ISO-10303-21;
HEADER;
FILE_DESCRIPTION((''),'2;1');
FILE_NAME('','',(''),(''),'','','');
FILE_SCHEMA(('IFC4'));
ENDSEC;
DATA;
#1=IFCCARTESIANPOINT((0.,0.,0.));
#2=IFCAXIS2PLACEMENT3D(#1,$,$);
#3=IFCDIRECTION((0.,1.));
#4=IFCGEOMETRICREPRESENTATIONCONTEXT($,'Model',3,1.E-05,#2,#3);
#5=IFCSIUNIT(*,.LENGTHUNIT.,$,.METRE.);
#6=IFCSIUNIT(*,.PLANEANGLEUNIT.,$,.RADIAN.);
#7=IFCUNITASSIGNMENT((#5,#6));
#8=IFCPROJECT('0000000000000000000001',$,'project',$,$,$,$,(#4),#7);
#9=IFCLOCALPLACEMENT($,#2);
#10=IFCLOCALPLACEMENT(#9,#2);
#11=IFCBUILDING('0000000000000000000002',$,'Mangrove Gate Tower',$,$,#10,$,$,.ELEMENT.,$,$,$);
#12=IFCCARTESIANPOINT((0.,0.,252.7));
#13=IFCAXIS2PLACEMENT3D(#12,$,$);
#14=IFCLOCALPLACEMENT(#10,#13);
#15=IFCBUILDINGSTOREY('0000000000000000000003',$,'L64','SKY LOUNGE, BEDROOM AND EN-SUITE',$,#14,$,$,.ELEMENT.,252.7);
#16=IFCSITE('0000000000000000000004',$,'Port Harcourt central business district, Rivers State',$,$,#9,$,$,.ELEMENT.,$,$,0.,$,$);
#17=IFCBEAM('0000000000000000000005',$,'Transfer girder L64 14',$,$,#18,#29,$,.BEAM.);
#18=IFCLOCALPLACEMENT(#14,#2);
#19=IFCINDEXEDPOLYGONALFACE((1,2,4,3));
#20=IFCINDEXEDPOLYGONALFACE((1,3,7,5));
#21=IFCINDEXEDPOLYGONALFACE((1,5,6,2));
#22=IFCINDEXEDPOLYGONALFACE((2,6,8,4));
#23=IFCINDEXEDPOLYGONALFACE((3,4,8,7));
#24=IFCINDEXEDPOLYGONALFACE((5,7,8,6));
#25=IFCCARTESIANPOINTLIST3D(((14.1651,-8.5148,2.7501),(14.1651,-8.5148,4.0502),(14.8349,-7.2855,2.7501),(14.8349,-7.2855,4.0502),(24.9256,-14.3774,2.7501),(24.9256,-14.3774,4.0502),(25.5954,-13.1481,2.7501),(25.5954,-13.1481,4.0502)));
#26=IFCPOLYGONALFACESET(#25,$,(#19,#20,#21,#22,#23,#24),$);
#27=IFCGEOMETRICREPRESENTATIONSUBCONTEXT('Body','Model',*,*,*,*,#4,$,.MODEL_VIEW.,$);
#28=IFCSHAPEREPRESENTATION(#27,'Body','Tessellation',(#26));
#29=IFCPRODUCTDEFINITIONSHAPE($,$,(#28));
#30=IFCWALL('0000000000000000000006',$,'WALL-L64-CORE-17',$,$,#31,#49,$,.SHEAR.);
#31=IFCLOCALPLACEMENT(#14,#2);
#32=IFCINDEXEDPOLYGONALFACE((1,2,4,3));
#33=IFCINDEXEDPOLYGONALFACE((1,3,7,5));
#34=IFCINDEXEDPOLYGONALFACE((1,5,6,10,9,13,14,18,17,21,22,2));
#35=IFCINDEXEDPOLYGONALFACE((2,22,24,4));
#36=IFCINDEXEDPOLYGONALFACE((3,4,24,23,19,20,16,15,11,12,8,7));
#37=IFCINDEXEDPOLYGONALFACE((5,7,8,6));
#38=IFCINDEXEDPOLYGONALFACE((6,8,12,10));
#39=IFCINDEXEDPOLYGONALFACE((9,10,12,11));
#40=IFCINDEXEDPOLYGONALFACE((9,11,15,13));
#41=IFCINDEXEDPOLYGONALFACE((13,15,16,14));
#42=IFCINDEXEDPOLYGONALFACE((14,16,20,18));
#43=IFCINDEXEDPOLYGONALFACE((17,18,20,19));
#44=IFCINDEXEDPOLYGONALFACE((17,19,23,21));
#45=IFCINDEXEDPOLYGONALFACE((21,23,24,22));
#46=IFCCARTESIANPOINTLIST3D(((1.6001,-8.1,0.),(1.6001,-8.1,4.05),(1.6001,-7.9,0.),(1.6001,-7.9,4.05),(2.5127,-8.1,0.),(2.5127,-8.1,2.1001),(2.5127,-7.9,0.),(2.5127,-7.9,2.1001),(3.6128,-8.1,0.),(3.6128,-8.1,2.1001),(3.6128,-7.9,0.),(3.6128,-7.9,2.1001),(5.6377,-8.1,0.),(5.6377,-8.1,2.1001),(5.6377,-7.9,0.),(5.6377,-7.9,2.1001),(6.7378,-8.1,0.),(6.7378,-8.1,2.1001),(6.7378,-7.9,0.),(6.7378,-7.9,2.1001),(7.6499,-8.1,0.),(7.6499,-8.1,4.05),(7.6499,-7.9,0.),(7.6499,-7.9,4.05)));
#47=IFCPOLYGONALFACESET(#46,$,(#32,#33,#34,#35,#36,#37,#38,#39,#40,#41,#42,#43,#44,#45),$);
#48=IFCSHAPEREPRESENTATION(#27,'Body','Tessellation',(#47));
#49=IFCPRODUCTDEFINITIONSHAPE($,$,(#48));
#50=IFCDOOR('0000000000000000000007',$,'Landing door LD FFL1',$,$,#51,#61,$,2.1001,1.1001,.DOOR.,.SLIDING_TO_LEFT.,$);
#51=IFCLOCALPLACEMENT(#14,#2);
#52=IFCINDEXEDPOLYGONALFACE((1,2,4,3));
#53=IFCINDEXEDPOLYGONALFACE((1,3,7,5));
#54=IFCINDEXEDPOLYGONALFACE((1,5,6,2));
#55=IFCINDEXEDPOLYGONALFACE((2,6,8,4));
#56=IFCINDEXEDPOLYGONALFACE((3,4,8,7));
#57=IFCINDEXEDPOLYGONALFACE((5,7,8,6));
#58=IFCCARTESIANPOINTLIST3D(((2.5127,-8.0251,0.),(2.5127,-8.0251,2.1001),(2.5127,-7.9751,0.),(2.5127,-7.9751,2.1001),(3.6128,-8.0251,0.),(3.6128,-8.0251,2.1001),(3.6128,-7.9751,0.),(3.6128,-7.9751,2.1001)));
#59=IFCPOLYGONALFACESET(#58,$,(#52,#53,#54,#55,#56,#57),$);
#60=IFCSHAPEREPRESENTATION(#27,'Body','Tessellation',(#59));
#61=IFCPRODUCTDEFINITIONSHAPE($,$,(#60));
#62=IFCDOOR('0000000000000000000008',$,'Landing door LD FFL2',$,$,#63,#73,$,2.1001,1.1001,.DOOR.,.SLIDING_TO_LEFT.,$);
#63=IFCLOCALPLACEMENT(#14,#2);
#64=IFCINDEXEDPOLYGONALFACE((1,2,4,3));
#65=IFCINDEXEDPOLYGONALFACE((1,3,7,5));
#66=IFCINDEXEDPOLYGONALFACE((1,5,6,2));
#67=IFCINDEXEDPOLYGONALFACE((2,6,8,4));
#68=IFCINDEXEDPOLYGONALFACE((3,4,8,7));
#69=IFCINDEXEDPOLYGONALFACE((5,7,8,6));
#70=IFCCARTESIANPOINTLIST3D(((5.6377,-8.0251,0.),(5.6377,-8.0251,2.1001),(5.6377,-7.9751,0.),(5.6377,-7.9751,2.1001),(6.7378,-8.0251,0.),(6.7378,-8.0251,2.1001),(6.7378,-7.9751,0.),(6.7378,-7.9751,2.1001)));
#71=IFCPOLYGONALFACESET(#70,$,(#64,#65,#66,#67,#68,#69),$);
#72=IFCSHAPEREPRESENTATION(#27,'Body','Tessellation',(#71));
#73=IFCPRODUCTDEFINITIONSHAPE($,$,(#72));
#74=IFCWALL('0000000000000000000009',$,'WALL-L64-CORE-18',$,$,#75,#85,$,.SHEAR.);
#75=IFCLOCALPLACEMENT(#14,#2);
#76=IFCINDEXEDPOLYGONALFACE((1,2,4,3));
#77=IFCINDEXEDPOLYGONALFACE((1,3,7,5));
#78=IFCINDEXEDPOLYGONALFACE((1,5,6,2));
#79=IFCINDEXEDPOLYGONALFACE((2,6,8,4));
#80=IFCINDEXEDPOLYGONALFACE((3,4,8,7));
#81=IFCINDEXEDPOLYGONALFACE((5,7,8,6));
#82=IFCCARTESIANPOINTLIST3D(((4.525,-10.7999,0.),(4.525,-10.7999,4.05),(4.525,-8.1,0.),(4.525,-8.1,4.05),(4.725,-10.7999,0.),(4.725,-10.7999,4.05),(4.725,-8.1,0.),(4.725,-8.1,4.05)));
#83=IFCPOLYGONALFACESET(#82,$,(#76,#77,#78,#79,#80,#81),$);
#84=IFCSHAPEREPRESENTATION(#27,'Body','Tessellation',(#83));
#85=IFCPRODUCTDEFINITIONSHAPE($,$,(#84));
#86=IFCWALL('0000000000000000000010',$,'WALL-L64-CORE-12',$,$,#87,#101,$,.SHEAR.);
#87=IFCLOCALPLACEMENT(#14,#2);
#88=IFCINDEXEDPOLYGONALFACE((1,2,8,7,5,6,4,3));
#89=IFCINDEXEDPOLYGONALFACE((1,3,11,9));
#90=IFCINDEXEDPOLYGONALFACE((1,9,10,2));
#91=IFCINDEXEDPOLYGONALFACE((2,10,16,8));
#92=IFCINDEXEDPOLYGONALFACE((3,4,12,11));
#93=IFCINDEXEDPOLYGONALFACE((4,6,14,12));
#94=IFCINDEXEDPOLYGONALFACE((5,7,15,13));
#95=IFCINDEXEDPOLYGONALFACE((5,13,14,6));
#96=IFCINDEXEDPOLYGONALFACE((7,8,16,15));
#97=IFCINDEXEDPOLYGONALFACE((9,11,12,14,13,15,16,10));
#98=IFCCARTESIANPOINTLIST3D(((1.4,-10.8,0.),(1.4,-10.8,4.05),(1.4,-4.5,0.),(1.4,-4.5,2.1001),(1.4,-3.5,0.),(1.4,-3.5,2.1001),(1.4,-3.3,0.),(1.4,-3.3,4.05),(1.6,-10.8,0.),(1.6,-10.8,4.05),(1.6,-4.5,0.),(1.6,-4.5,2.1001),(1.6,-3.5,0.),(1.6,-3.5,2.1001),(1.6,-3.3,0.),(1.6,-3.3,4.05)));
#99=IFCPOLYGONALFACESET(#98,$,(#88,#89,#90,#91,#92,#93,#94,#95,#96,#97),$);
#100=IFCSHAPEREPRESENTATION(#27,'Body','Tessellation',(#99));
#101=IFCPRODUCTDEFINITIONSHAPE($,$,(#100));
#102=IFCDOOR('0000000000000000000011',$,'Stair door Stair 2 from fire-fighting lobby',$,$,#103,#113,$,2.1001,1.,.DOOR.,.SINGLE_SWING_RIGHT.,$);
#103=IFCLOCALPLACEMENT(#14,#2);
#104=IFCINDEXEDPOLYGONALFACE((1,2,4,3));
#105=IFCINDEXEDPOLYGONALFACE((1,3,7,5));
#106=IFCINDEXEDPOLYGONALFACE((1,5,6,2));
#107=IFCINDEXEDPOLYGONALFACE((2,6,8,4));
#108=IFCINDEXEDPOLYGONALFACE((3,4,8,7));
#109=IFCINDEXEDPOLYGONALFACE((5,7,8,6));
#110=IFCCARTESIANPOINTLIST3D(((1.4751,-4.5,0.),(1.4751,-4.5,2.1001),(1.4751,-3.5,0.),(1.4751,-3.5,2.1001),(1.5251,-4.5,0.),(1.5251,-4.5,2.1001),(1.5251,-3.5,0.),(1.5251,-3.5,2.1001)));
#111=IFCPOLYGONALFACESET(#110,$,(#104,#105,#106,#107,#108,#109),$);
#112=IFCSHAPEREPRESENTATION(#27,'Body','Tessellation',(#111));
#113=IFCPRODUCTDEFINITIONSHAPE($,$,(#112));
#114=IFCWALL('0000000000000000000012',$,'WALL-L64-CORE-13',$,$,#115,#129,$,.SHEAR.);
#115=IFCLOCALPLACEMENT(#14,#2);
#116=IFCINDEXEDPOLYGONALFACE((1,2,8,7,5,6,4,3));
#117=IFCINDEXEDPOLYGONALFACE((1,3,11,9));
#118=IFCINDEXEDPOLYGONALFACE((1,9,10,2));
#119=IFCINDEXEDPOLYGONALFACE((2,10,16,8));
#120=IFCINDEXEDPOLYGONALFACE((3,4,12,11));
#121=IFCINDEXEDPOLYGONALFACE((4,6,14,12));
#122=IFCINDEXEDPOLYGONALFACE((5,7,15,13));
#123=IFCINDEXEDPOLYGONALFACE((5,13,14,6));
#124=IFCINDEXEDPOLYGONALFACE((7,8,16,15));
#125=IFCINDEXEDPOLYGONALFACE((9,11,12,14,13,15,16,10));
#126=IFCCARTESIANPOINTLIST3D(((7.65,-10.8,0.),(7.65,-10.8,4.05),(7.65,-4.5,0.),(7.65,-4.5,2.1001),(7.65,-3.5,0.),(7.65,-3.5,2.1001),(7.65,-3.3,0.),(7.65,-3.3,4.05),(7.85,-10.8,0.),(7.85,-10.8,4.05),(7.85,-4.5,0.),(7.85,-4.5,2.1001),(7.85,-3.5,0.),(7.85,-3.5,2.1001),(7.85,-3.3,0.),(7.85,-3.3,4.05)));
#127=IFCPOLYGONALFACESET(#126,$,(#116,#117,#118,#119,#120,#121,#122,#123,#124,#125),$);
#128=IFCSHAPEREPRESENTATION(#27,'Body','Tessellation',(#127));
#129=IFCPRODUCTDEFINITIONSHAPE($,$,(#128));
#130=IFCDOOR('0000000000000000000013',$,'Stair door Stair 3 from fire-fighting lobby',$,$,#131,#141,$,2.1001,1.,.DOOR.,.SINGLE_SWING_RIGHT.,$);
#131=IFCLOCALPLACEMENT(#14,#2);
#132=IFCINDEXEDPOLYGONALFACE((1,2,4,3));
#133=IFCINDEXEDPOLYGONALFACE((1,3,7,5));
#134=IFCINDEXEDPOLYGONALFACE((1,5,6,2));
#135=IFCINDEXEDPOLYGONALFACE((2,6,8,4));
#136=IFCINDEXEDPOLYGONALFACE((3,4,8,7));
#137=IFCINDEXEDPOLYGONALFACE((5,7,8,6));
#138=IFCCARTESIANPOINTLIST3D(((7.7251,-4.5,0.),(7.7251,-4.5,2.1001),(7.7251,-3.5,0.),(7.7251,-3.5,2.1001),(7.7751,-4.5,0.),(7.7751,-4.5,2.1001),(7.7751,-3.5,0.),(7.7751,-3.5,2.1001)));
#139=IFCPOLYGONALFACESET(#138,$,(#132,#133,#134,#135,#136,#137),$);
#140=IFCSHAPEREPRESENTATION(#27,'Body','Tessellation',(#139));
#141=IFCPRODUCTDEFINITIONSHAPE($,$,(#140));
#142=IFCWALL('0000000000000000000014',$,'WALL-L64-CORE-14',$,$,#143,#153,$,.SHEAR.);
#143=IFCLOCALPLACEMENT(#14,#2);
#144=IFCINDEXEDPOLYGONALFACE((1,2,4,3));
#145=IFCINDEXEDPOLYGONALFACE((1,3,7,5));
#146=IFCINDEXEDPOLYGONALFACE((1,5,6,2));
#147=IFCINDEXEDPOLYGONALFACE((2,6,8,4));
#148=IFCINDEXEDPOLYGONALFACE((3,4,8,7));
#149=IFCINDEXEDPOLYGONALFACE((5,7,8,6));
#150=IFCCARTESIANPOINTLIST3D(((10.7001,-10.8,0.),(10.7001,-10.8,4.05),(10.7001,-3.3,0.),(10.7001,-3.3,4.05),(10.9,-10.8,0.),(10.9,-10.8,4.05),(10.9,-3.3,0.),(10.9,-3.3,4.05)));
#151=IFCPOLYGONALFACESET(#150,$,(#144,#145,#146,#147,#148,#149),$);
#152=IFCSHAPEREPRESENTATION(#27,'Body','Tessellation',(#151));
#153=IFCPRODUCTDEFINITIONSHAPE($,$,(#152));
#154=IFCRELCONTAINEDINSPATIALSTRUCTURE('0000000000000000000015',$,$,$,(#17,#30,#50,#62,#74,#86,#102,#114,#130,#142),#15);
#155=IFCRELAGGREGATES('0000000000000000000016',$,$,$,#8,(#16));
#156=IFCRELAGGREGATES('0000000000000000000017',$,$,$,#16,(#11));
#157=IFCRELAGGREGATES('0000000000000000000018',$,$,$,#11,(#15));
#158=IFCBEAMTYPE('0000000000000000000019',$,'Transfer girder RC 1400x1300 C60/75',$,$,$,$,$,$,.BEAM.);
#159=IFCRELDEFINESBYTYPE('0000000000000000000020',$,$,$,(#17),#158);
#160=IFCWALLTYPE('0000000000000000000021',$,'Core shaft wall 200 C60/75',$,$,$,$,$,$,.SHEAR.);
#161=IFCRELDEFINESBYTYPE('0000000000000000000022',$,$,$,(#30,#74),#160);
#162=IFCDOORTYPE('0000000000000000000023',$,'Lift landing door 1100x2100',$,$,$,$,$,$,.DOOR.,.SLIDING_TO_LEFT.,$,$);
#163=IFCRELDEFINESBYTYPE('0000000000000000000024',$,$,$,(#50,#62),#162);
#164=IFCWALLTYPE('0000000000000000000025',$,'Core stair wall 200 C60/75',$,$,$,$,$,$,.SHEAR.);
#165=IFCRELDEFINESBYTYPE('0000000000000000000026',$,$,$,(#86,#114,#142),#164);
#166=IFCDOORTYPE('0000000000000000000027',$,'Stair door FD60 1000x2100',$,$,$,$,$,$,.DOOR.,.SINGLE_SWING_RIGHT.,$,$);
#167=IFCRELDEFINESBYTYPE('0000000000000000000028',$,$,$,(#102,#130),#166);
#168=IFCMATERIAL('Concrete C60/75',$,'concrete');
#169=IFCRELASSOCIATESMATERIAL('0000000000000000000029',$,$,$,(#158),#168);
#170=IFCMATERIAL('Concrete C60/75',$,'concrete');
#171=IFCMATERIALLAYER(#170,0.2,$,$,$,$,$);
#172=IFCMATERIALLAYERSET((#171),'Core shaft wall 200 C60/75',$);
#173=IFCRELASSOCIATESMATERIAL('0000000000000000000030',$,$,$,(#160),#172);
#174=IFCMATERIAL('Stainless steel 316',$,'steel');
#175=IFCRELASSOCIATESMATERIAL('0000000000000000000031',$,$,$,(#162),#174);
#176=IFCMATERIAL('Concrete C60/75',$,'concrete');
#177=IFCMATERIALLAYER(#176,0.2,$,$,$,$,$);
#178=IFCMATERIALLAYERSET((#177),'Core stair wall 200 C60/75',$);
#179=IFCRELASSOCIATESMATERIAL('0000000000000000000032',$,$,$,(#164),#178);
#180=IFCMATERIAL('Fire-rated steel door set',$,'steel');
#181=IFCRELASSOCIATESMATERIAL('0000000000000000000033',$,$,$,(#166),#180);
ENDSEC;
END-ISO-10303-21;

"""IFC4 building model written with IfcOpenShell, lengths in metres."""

from ifc_helpers import new_model, si_unit, direction, frame, frame_2d, origin, origin_2d, place, context, subcontext, project, spatial, rectangle, extrude, material, layer, layer_set, material_profile, profile_set, type_object, element, fill, save


model = new_model("IFC4")

# Units and contexts
model_context = context("Model", 3, precision=1e-05, world=origin(), true_north=direction((0.0, 1.0)))
body_context = subcontext(model_context, "Body", "Model", "MODEL_VIEW")
ifc_project = project(units=[si_unit("LENGTHUNIT", "METRE"), si_unit("PLANEANGLEUNIT", "RADIAN")], contexts=[model_context])

# Site, building, storey
site_placement = place(None, origin())
site = spatial("IfcSite", under=ifc_project, at=site_placement, Name="Port Harcourt central business district, Rivers State", CompositionType="ELEMENT", RefElevation=0.0)
building_placement = place(site_placement, origin())
building = spatial("IfcBuilding", under=site, at=building_placement, Name="Mangrove Gate Tower", CompositionType="ELEMENT")
storey_placement = place(building_placement, frame((0.0, 0.0, 252.7)))
storey = spatial("IfcBuildingStorey", under=building, at=storey_placement, Name="L64", Description="SKY LOUNGE, BEDROOM AND EN-SUITE", CompositionType="ELEMENT", Elevation=252.7)

# Beam
ifc_material_1 = material(Name="Concrete C60/75", Category="concrete")
ifc_material_profile = material_profile(ifc_material_1, rectangle(XDim=1.3999, YDim=1.3, at=origin_2d()))
ifc_profile_set = profile_set([ifc_material_profile], Name="Concrete C60/75")
beam_type = type_object("IfcBeamType", Name="Transfer girder RC 1400x1300 C60/75", PredefinedType="BEAM", material=ifc_profile_set)
beam_placement = place(storey_placement, frame((14.5, -7.9001, 3.4001), z_axis=(0.878129, -0.478424, 0.0), x_axis=(0.478424, 0.878129, 0.0)))
element("IfcBeam", 1, at=beam_placement, inside=storey, type_object=beam_type, Name="Transfer girder L64 14", PredefinedType="BEAM", context=body_context, shape_type="SweptSolid", body=[
    extrude(rectangle(XDim=1.3999, YDim=1.3, at=origin_2d()), origin(), (0.0, 0.0, 1.0), 12.2539),
])

# Wall, openings, doors
ifc_material_2 = material(Name="Concrete C60/75", Category="concrete")
ifc_layer_1 = layer(ifc_material_2, 0.2)
ifc_layer_set_1 = layer_set([ifc_layer_1], Name="Core shaft wall 200 C60/75")
wall_type_1 = type_object("IfcWallType", Name="Core shaft wall 200 C60/75", PredefinedType="SHEAR", material=ifc_layer_set_1)
wall_1_placement = place(storey_placement, frame((1.6001, -8.0, 0.0), z_axis=(0.0, 0.0, 1.0), x_axis=(1.0, 0.0, 0.0)))
wall_1 = element("IfcWall", 2, at=wall_1_placement, inside=storey, type_object=wall_type_1, Name="WALL-L64-CORE-17", PredefinedType="SHEAR", context=body_context, shape_type="SweptSolid", body=[
    extrude(rectangle(XDim=6.0498, YDim=0.2, at=frame_2d((3.0249, 0.0))), origin(), (0.0, 0.0, 1.0), 4.05),
])
opening_1_placement = place(wall_1_placement, frame((0.9126, 0.0, 0.0)))
opening_1 = element("IfcOpeningElement", 3, at=opening_1_placement, cuts=wall_1, PredefinedType="OPENING", context=body_context, shape_type="SweptSolid", body=[
    extrude(rectangle(XDim=1.1001, YDim=2.1001, at=frame_2d((0.55, 1.05))), frame((0.0, 0.1099, 0.0), z_axis=(0.0, -1.0, 0.0), x_axis=(1.0, 0.0, 0.0)), (0.0, 0.0, 1.0), 0.22),
])
opening_2_placement = place(wall_1_placement, frame((4.0376, 0.0, 0.0)))
opening_2 = element("IfcOpeningElement", 4, at=opening_2_placement, cuts=wall_1, PredefinedType="OPENING", context=body_context, shape_type="SweptSolid", body=[
    extrude(rectangle(XDim=1.1001, YDim=2.1001, at=frame_2d((0.55, 1.05))), frame((0.0, 0.1099, 0.0), z_axis=(0.0, -1.0, 0.0), x_axis=(1.0, 0.0, 0.0)), (0.0, 0.0, 1.0), 0.22),
])
ifc_material_3 = material(Name="Stainless steel 316", Category="steel")
door_type_1 = type_object("IfcDoorType", Name="Lift landing door 1100x2100", OperationType="SLIDING_TO_LEFT", PredefinedType="DOOR", material=ifc_material_3)
door_1_placement = place(opening_1_placement, origin())
door_1 = element("IfcDoor", 5, at=door_1_placement, inside=storey, type_object=door_type_1, Name="Landing door LD FFL1", OperationType="SLIDING_TO_LEFT", OverallHeight=2.1001, OverallWidth=1.1001, PredefinedType="DOOR", context=body_context, shape_type="SweptSolid", body=[
    extrude(rectangle(XDim=1.1001, YDim=2.1001, at=frame_2d((0.55, 1.05))), frame((0.0, 0.0249, 0.0), z_axis=(0.0, -1.0, 0.0), x_axis=(1.0, 0.0, 0.0)), (0.0, 0.0, 1.0), 0.05),
])
fill(opening_1, door_1)
door_2_placement = place(opening_2_placement, origin())
door_2 = element("IfcDoor", 6, at=door_2_placement, inside=storey, type_object=door_type_1, Name="Landing door LD FFL2", OperationType="SLIDING_TO_LEFT", OverallHeight=2.1001, OverallWidth=1.1001, PredefinedType="DOOR", context=body_context, shape_type="SweptSolid", body=[
    extrude(rectangle(XDim=1.1001, YDim=2.1001, at=frame_2d((0.55, 1.05))), frame((0.0, 0.0249, 0.0), z_axis=(0.0, -1.0, 0.0), x_axis=(1.0, 0.0, 0.0)), (0.0, 0.0, 1.0), 0.05),
])
fill(opening_2, door_2)

# Wall
wall_2_placement = place(storey_placement, frame((4.625, -10.8, 0.0), z_axis=(0.0, 0.0, 1.0), x_axis=(0.0, 1.0, 0.0)))
element("IfcWall", 7, at=wall_2_placement, inside=storey, type_object=wall_type_1, Name="WALL-L64-CORE-18", PredefinedType="SHEAR", context=body_context, shape_type="SweptSolid", body=[
    extrude(rectangle(XDim=2.7, YDim=0.2, at=frame_2d((1.3501, 0.0))), origin(), (0.0, 0.0, 1.0), 4.05),
])

# Walls, openings, doors
ifc_material_4 = material(Name="Concrete C60/75", Category="concrete")
ifc_layer_2 = layer(ifc_material_4, 0.2)
ifc_layer_set_2 = layer_set([ifc_layer_2], Name="Core stair wall 200 C60/75")
wall_type_2 = type_object("IfcWallType", Name="Core stair wall 200 C60/75", PredefinedType="SHEAR", material=ifc_layer_set_2)
wall_3_placement = place(storey_placement, frame((1.5, -10.8, 0.0), z_axis=(0.0, 0.0, 1.0), x_axis=(0.0, 1.0, 0.0)))
wall_3 = element("IfcWall", 8, at=wall_3_placement, inside=storey, type_object=wall_type_2, Name="WALL-L64-CORE-12", PredefinedType="SHEAR", context=body_context, shape_type="SweptSolid", body=[
    extrude(rectangle(XDim=7.5, YDim=0.2, at=frame_2d((3.75, 0.0))), origin(), (0.0, 0.0, 1.0), 4.05),
])
opening_3_placement = place(wall_3_placement, frame((6.3, 0.0, 0.0)))
opening_3 = element("IfcOpeningElement", 9, at=opening_3_placement, cuts=wall_3, PredefinedType="OPENING", context=body_context, shape_type="SweptSolid", body=[
    extrude(rectangle(XDim=1.0, YDim=2.1001, at=frame_2d((0.5, 1.05))), frame((0.0, 0.1099, 0.0), z_axis=(0.0, -1.0, 0.0), x_axis=(1.0, 0.0, 0.0)), (0.0, 0.0, 1.0), 0.22),
])
ifc_material_5 = material(Name="Fire-rated steel door set", Category="steel")
door_type_2 = type_object("IfcDoorType", Name="Stair door FD60 1000x2100", OperationType="SINGLE_SWING_RIGHT", PredefinedType="DOOR", material=ifc_material_5)
door_3_placement = place(opening_3_placement, origin())
door_3 = element("IfcDoor", 10, at=door_3_placement, inside=storey, type_object=door_type_2, Name="Stair door Stair 2 from fire-fighting lobby", OperationType="SINGLE_SWING_RIGHT", OverallHeight=2.1001, OverallWidth=1.0, PredefinedType="DOOR", context=body_context, shape_type="SweptSolid", body=[
    extrude(rectangle(XDim=1.0, YDim=2.1001, at=frame_2d((0.5, 1.05))), frame((0.0, 0.0249, 0.0), z_axis=(0.0, -1.0, 0.0), x_axis=(1.0, 0.0, 0.0)), (0.0, 0.0, 1.0), 0.05),
])
fill(opening_3, door_3)
wall_4_placement = place(storey_placement, frame((7.75, -10.8, 0.0), z_axis=(0.0, 0.0, 1.0), x_axis=(0.0, 1.0, 0.0)))
wall_4 = element("IfcWall", 11, at=wall_4_placement, inside=storey, type_object=wall_type_2, Name="WALL-L64-CORE-13", PredefinedType="SHEAR", context=body_context, shape_type="SweptSolid", body=[
    extrude(rectangle(XDim=7.5, YDim=0.2, at=frame_2d((3.75, 0.0))), origin(), (0.0, 0.0, 1.0), 4.05),
])
opening_4_placement = place(wall_4_placement, frame((6.3, 0.0, 0.0)))
opening_4 = element("IfcOpeningElement", 12, at=opening_4_placement, cuts=wall_4, PredefinedType="OPENING", context=body_context, shape_type="SweptSolid", body=[
    extrude(rectangle(XDim=1.0, YDim=2.1001, at=frame_2d((0.5, 1.05))), frame((0.0, 0.1099, 0.0), z_axis=(0.0, -1.0, 0.0), x_axis=(1.0, 0.0, 0.0)), (0.0, 0.0, 1.0), 0.22),
])
door_4_placement = place(opening_4_placement, origin())
door_4 = element("IfcDoor", 13, at=door_4_placement, inside=storey, type_object=door_type_2, Name="Stair door Stair 3 from fire-fighting lobby", OperationType="SINGLE_SWING_RIGHT", OverallHeight=2.1001, OverallWidth=1.0, PredefinedType="DOOR", context=body_context, shape_type="SweptSolid", body=[
    extrude(rectangle(XDim=1.0, YDim=2.1001, at=frame_2d((0.5, 1.05))), frame((0.0, 0.0249, 0.0), z_axis=(0.0, -1.0, 0.0), x_axis=(1.0, 0.0, 0.0)), (0.0, 0.0, 1.0), 0.05),
])
fill(opening_4, door_4)

# Wall
wall_5_placement = place(storey_placement, frame((10.8, -10.8, 0.0), z_axis=(0.0, 0.0, 1.0), x_axis=(0.0, 1.0, 0.0)))
element("IfcWall", 14, at=wall_5_placement, inside=storey, type_object=wall_type_2, Name="WALL-L64-CORE-14", PredefinedType="SHEAR", context=body_context, shape_type="SweptSolid", body=[
    extrude(rectangle(XDim=7.5, YDim=0.2, at=frame_2d((3.75, 0.0))), origin(), (0.0, 0.0, 1.0), 4.05),
])

save(model, "model.ifc")
